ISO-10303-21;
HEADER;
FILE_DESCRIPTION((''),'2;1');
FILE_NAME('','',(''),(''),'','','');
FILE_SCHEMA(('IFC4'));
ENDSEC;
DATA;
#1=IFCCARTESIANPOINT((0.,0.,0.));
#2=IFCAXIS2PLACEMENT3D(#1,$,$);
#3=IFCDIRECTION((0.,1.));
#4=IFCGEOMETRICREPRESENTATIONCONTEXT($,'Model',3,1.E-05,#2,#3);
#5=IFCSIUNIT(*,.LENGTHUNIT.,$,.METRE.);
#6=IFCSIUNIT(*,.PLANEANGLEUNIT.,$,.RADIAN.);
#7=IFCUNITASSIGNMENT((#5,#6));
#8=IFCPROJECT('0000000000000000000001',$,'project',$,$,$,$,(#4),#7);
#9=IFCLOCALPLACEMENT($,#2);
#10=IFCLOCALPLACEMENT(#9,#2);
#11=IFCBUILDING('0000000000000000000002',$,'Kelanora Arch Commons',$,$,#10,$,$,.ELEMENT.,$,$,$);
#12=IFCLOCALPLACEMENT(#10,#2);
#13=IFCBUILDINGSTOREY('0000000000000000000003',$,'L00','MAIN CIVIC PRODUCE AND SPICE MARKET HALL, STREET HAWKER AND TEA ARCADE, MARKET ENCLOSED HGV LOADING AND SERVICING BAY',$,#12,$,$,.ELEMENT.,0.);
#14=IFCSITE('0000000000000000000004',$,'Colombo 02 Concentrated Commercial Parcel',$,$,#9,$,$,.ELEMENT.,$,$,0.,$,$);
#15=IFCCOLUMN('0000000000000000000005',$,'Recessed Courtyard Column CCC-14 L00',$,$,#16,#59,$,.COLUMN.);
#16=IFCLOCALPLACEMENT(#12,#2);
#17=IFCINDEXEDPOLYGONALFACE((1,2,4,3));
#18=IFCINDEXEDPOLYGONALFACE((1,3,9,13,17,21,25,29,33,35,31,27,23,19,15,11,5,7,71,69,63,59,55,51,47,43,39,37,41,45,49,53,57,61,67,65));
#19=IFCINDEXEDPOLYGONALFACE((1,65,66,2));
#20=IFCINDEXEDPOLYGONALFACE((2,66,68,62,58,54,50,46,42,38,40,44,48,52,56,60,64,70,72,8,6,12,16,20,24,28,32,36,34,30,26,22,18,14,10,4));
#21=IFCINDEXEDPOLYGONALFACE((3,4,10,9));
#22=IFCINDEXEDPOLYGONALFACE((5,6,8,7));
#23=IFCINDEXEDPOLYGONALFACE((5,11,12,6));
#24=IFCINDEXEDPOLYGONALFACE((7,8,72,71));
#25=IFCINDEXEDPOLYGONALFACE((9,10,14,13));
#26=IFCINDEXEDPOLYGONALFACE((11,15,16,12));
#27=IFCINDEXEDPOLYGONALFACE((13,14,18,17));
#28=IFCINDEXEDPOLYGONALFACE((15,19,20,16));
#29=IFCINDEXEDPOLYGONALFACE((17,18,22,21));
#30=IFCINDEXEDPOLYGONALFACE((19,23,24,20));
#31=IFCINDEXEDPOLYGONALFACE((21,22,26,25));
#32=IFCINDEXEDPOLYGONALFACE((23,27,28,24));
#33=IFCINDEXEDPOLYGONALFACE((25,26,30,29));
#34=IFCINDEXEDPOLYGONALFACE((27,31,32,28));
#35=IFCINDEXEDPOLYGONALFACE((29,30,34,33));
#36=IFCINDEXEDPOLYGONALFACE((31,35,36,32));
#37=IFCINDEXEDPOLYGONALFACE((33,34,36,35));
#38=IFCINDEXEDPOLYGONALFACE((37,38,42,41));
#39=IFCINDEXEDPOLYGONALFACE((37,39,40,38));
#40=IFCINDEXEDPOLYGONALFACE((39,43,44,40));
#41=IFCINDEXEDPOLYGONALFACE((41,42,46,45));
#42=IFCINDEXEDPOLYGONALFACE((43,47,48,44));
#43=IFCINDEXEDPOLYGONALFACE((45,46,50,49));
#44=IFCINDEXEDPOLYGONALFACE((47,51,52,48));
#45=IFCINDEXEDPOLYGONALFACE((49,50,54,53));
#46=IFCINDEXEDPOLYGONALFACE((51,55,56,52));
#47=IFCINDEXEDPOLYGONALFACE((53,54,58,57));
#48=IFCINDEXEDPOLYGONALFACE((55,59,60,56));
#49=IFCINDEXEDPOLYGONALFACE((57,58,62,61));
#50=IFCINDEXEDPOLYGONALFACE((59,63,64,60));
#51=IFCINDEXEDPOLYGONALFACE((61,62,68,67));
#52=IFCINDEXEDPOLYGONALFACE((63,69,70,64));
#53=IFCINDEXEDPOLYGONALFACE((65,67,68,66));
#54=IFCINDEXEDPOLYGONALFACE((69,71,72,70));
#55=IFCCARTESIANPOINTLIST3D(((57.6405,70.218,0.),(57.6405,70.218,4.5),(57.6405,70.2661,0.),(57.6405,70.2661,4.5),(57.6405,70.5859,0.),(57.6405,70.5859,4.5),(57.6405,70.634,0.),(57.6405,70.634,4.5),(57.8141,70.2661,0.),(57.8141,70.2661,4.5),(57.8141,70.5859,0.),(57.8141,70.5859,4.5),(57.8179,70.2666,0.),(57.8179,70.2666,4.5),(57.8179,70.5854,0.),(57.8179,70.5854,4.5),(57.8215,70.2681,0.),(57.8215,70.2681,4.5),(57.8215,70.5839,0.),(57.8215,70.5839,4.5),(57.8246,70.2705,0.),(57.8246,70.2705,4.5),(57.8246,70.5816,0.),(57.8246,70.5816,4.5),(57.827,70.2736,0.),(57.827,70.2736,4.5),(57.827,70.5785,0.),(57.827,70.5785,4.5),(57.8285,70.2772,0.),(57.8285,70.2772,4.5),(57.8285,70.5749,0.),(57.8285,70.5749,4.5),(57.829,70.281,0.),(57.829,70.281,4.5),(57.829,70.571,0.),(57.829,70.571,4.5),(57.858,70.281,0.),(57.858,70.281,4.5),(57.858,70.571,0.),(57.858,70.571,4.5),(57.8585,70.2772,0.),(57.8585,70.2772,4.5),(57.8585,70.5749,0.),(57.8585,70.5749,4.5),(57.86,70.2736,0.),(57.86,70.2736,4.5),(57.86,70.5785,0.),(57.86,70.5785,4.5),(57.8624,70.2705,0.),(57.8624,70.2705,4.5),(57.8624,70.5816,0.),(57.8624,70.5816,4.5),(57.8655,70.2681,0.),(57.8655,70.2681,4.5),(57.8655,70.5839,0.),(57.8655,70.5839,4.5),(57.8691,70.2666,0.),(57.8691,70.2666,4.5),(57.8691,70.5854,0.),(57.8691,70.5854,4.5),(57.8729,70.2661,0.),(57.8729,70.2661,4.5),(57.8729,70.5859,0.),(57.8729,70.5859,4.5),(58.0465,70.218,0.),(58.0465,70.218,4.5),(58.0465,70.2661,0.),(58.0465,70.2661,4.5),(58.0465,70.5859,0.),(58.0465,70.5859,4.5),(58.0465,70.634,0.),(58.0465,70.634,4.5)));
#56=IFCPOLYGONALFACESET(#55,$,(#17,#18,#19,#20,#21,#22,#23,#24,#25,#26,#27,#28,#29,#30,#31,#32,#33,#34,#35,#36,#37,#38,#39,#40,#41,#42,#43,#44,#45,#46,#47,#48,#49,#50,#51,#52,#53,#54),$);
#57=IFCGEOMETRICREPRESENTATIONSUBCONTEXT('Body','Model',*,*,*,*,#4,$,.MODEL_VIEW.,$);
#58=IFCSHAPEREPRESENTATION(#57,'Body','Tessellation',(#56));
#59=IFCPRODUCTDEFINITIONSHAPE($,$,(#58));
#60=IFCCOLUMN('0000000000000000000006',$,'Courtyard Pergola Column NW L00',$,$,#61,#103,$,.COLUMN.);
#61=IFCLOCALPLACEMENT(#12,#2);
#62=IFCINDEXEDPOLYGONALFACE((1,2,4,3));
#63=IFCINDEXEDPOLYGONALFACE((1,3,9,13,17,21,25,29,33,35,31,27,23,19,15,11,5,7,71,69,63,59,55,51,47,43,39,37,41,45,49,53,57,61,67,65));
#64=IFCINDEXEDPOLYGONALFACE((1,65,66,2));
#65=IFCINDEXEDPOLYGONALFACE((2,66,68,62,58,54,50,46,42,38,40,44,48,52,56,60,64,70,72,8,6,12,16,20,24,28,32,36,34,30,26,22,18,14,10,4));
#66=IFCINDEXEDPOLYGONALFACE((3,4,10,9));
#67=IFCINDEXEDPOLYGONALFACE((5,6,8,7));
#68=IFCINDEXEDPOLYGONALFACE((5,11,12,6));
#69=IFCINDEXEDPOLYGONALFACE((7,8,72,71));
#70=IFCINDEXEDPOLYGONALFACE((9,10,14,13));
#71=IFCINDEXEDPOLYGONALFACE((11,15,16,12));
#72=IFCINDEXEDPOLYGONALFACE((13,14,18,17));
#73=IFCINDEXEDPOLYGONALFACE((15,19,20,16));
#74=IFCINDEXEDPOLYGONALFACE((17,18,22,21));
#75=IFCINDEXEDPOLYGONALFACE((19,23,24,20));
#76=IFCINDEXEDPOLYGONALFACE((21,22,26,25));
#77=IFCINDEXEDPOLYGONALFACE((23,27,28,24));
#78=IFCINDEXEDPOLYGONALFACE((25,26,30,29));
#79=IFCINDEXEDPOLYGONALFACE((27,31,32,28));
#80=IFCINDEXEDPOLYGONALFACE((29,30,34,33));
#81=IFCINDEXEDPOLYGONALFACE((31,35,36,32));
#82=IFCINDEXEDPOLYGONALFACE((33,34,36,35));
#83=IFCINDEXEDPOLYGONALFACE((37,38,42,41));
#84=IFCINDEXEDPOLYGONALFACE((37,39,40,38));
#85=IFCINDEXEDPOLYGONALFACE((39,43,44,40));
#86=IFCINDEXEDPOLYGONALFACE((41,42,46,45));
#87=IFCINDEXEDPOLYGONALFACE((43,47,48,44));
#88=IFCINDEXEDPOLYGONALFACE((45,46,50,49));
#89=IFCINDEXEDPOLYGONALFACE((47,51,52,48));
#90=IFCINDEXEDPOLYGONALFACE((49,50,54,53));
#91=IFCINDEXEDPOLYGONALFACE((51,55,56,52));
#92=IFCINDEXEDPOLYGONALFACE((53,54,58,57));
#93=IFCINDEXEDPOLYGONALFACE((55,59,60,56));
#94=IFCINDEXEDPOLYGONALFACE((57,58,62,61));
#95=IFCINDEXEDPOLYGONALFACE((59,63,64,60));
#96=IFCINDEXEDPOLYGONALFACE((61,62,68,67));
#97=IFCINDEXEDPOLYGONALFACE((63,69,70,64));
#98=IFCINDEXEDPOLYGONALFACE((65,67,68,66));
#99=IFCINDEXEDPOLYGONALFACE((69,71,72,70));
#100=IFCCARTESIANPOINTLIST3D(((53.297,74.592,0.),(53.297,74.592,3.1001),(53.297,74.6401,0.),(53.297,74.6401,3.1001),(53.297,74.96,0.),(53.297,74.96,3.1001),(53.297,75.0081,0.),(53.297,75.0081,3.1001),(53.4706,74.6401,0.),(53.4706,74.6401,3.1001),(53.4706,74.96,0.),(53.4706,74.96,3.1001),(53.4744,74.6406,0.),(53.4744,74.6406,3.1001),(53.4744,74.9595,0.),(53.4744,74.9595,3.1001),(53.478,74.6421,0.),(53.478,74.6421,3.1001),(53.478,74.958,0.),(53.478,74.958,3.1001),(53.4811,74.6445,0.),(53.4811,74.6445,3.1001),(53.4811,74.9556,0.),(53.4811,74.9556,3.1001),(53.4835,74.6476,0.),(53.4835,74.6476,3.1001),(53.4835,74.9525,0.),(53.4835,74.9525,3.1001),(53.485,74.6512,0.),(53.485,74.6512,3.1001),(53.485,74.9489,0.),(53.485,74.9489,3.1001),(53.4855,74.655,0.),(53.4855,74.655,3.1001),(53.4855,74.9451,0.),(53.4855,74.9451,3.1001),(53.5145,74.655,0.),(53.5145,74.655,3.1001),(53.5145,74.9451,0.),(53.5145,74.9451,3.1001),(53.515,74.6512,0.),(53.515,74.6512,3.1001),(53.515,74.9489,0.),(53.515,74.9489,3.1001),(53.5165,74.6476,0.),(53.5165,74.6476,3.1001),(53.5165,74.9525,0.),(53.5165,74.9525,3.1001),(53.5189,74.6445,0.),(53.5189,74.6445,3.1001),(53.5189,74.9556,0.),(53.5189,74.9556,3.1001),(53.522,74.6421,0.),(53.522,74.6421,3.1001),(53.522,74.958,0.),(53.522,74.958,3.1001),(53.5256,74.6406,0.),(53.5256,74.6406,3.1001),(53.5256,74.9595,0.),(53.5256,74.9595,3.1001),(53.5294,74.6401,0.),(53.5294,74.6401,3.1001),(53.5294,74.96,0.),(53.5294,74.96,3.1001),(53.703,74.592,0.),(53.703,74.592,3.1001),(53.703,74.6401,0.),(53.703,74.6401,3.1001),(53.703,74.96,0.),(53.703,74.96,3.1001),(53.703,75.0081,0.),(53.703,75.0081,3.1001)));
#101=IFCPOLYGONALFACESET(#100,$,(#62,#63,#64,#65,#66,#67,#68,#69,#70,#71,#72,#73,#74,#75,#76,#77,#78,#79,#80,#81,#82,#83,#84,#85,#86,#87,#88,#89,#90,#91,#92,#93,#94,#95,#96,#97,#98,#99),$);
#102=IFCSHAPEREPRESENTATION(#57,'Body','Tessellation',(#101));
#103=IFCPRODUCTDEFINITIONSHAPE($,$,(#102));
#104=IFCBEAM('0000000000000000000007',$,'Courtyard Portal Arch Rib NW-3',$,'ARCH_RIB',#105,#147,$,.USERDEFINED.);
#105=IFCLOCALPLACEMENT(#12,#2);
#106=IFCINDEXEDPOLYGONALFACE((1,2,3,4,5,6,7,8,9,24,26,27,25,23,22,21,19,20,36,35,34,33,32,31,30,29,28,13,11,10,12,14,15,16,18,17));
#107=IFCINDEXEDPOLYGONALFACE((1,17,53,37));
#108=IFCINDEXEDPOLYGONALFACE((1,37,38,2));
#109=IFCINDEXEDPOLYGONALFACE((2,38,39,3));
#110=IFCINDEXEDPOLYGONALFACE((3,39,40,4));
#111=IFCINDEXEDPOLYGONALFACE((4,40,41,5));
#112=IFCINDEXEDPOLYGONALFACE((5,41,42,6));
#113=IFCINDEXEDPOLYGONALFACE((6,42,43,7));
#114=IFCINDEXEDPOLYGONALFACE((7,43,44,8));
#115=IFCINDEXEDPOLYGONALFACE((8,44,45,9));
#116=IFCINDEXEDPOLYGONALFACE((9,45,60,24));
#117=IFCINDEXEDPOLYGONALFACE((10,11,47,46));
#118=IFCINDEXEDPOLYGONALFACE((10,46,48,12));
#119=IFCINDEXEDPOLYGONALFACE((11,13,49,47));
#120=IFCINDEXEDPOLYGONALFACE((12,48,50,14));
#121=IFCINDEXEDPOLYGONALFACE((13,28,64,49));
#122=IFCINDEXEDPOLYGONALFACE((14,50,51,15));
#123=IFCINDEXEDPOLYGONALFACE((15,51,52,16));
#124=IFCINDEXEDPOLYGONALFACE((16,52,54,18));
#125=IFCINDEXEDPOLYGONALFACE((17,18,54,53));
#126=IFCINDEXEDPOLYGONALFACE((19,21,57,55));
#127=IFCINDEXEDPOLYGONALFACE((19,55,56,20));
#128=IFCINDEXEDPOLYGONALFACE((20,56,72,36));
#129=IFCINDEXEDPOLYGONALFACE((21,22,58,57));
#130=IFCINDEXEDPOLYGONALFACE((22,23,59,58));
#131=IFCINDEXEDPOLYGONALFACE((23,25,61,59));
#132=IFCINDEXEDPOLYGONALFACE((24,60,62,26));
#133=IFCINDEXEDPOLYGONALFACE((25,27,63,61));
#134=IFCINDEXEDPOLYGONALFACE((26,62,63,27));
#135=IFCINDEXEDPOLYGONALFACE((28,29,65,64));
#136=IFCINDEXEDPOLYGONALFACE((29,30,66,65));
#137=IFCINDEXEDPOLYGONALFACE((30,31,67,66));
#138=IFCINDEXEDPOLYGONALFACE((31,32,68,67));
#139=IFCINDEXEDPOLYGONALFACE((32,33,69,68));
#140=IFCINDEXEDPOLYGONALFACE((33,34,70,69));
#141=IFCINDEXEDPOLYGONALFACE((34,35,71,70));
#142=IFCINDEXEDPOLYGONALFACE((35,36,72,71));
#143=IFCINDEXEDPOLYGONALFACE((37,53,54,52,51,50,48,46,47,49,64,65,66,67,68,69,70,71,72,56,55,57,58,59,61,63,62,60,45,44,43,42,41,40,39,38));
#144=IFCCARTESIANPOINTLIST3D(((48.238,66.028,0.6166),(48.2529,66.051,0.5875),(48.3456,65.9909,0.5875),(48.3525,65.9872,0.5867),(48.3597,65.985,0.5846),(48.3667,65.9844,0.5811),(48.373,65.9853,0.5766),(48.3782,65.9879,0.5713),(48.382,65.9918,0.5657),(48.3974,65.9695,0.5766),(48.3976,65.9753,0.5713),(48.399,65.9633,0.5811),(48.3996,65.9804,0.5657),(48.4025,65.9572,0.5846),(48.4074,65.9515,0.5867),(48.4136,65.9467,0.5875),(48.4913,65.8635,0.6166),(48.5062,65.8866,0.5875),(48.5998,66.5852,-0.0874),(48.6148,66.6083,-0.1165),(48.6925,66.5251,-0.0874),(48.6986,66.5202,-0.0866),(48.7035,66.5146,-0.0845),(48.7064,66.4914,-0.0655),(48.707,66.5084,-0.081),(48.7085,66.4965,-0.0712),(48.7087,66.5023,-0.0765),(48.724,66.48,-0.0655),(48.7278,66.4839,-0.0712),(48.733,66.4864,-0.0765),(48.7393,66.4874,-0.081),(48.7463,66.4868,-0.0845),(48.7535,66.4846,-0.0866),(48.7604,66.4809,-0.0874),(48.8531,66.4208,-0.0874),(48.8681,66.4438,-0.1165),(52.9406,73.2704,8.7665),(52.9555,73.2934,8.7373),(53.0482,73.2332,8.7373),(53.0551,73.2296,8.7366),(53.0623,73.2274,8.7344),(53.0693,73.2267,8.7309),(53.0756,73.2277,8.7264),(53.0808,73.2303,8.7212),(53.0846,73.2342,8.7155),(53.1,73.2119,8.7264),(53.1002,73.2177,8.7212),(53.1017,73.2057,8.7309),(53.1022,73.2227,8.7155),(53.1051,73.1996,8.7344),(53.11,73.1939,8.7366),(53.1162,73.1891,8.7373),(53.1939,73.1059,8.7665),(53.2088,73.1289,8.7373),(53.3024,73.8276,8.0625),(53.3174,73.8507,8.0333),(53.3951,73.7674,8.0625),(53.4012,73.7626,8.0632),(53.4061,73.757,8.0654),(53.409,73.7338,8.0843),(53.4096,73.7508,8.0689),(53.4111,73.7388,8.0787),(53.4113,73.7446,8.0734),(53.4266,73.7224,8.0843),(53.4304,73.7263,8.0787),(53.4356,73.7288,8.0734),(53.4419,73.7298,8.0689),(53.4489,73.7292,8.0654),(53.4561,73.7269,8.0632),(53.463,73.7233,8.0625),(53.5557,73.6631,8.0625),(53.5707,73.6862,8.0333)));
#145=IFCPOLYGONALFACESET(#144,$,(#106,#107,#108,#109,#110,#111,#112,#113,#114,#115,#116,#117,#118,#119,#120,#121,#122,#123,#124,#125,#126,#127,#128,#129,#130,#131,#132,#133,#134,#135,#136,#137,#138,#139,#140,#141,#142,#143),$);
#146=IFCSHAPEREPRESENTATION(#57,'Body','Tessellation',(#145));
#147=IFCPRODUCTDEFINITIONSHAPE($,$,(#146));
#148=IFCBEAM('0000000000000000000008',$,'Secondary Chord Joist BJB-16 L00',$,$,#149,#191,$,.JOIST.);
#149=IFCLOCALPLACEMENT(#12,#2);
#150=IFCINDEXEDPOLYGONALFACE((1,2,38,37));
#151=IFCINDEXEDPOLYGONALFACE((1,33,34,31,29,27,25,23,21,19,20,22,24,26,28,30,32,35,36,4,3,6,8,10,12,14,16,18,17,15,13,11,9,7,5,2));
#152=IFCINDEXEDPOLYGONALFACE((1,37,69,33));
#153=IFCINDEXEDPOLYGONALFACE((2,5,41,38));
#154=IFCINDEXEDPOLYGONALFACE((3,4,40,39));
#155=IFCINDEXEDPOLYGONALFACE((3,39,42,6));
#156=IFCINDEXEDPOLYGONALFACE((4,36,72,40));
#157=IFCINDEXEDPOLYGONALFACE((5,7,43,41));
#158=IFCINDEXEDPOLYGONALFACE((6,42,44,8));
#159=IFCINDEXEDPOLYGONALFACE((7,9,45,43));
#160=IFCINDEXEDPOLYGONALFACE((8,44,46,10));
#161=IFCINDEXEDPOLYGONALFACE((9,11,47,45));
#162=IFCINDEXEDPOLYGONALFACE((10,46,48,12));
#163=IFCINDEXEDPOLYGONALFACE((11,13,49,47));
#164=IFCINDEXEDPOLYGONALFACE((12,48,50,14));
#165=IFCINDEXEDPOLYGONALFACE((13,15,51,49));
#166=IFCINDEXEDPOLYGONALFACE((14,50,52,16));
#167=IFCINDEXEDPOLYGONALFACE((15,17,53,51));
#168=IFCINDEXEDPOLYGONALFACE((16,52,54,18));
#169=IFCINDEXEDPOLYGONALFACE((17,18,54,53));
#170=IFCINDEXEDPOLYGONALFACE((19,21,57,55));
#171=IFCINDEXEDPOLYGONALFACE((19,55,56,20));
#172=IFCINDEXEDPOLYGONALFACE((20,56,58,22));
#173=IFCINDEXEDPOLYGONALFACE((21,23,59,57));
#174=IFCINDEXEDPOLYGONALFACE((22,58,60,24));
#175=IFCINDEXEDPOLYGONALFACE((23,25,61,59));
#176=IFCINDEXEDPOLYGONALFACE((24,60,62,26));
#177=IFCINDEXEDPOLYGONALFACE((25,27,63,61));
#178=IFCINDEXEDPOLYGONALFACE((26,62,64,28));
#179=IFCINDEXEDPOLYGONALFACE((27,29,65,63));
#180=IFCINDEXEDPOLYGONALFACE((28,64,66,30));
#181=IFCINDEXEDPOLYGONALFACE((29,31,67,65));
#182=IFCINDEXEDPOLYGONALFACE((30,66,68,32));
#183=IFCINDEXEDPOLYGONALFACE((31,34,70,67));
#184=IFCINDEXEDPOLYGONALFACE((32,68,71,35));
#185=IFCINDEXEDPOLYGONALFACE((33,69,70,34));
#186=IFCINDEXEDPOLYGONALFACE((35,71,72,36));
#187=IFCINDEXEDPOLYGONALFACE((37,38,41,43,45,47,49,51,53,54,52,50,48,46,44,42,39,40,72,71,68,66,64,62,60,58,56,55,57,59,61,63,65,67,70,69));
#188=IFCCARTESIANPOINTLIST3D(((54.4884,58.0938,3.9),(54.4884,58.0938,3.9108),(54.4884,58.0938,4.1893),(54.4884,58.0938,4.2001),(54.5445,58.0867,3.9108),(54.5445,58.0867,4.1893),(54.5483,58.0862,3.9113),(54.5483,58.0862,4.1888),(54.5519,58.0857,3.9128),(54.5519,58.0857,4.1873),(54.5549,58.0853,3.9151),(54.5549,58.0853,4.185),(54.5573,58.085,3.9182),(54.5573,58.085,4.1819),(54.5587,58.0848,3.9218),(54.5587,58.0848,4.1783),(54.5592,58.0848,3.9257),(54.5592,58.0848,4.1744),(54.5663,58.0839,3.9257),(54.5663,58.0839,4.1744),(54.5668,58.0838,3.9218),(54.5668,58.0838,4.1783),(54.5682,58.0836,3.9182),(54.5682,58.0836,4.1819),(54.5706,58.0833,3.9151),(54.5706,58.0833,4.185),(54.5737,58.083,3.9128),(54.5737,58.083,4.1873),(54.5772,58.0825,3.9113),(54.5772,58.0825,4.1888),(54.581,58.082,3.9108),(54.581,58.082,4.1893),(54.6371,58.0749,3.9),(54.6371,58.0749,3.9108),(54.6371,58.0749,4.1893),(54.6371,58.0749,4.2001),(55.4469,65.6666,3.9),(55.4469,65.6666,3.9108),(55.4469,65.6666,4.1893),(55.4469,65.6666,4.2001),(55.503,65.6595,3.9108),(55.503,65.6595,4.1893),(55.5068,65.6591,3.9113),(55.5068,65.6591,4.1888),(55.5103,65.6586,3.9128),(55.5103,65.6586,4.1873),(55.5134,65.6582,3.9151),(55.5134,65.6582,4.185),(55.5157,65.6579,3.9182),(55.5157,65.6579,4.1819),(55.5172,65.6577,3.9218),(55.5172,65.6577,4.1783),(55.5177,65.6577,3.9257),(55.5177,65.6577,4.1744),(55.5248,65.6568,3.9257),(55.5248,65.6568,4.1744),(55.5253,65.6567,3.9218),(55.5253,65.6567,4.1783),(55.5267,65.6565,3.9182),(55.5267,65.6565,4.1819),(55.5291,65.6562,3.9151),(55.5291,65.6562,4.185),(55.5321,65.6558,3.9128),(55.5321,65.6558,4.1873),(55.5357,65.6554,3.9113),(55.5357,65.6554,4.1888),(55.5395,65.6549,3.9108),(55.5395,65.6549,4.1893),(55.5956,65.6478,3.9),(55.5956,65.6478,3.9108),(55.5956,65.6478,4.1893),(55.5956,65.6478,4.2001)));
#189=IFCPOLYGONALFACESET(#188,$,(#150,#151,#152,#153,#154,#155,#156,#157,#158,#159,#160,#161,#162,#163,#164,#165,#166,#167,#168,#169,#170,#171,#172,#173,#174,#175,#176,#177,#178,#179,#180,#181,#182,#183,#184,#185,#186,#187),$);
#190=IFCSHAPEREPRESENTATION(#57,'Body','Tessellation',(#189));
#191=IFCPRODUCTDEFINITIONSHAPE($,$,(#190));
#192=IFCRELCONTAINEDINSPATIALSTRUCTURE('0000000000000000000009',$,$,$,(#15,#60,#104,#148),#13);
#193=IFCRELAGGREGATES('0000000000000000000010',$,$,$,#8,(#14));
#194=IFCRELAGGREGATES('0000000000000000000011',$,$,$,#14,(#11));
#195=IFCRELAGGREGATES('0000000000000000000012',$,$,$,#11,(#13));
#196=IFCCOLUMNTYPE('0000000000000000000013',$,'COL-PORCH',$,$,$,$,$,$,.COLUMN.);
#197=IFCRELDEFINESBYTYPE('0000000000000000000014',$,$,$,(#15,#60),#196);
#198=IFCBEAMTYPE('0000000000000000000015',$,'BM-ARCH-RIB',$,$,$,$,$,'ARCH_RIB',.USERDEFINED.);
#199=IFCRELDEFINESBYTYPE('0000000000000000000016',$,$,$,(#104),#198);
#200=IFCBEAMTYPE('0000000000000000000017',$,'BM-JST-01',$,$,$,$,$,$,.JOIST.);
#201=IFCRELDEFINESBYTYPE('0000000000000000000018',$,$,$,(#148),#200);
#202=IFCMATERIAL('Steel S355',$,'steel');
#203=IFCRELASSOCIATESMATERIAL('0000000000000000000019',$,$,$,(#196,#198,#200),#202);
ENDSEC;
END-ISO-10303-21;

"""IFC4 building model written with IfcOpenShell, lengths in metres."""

from ifc_helpers import new_model, si_unit, direction, frame, origin, origin_2d, place, context, subcontext, project, spatial, i_section, extrude, material, material_profile, profile_set, type_object, element, save


model = new_model("IFC4")

# Units and contexts
model_context = context("Model", 3, precision=1e-05, world=origin(), true_north=direction((0.0, 1.0)))
body_context = subcontext(model_context, "Body", "Model", "MODEL_VIEW")
ifc_project = project(units=[si_unit("LENGTHUNIT", "METRE"), si_unit("PLANEANGLEUNIT", "RADIAN")], contexts=[model_context])

# Site, building, storey
site_placement = place(None, origin())
site = spatial("IfcSite", under=ifc_project, at=site_placement, Name="Colombo 02 Concentrated Commercial Parcel", CompositionType="ELEMENT", RefElevation=0.0)
building_placement = place(site_placement, origin())
building = spatial("IfcBuilding", under=site, at=building_placement, Name="Kelanora Arch Commons", CompositionType="ELEMENT")
storey_placement = place(building_placement, origin())
storey = spatial("IfcBuildingStorey", under=building, at=storey_placement, Name="L00", Description="MAIN CIVIC PRODUCE AND SPICE MARKET HALL, STREET HAWKER AND TEA ARCADE, MARKET ENCLOSED HGV LOADING AND SERVICING BAY", CompositionType="ELEMENT", Elevation=0.0)

# Columns
ifc_material_1 = material(Name="Steel S355", Category="steel")
ifc_material_profile_1 = material_profile(ifc_material_1, i_section(OverallWidth=0.406, OverallDepth=0.416, WebThickness=0.0291, FlangeThickness=0.0481, FilletRadius=0.0149, at=origin_2d()), Name="HD400x382")
ifc_profile_set_1 = profile_set([ifc_material_profile_1], Name="Steel S355")
column_type = type_object("IfcColumnType", Name="COL-PORCH", PredefinedType="COLUMN", material=ifc_profile_set_1)
column_1_placement = place(storey_placement, frame((57.8435, 70.426, 0.0), z_axis=(0.0, 0.0, 1.0), x_axis=(1.0, 0.0, 0.0)))
element("IfcColumn", 1, at=column_1_placement, inside=storey, type_object=column_type, Name="Recessed Courtyard Column CCC-14 L00", PredefinedType="COLUMN", context=body_context, shape_type="SweptSolid", body=[
    extrude(i_section(OverallWidth=0.406, OverallDepth=0.416, WebThickness=0.0291, FlangeThickness=0.0481, FilletRadius=0.0149, at=origin_2d()), origin(), (0.0, 0.0, 1.0), 4.5),
])
column_2_placement = place(storey_placement, frame((53.5, 74.8, 0.0), z_axis=(0.0, 0.0, 1.0), x_axis=(1.0, 0.0, 0.0)))
element("IfcColumn", 2, at=column_2_placement, inside=storey, type_object=column_type, Name="Courtyard Pergola Column NW L00", PredefinedType="COLUMN", context=body_context, shape_type="SweptSolid", body=[
    extrude(i_section(OverallWidth=0.406, OverallDepth=0.416, WebThickness=0.0291, FlangeThickness=0.0481, FilletRadius=0.0149, at=origin_2d()), origin(), (0.0, 0.0, 1.0), 3.1001),
])

# Beams
ifc_material_profile_2 = material_profile(ifc_material_1, i_section(OverallWidth=0.302, OverallDepth=1.0081, WebThickness=0.021, FlangeThickness=0.04, FilletRadius=0.03, at=origin_2d()), Name="HEM1000")
ifc_profile_set_2 = profile_set([ifc_material_profile_2], Name="Steel S355")
beam_type_1 = type_object("IfcBeamType", Name="BM-ARCH-RIB", ElementType="ARCH_RIB", PredefinedType="USERDEFINED", material=ifc_profile_set_2)
beam_1_placement = place(storey_placement, frame((53.2556, 73.4783, 8.3999), z_axis=(-0.39605, -0.609948, -0.686374), x_axis=(0.838705, -0.544586, 0.0)))
element("IfcBeam", 3, at=beam_1_placement, inside=storey, type_object=beam_type_1, Name="Courtyard Portal Arch Rib NW-3", ObjectType="ARCH_RIB", PredefinedType="USERDEFINED", context=body_context, shape_type="SweptSolid", body=[
    extrude(i_section(OverallWidth=0.302, OverallDepth=1.0081, WebThickness=0.021, FlangeThickness=0.04, FilletRadius=0.03, at=origin_2d()), origin(), (0.0, 0.0, 1.0), 11.8738),
])
ifc_material_profile_3 = material_profile(ifc_material_1, i_section(OverallWidth=0.1499, OverallDepth=0.3, WebThickness=0.0071, FlangeThickness=0.0107, FilletRadius=0.0149, at=origin_2d()), Name="IPE300")
ifc_profile_set_3 = profile_set([ifc_material_profile_3], Name="Steel S355")
beam_type_2 = type_object("IfcBeamType", Name="BM-JST-01", PredefinedType="JOIST", material=ifc_profile_set_3)
beam_2_placement = place(storey_placement, frame((55.5212, 65.6572, 4.05), z_axis=(-0.125566, -0.992085, 0.0), x_axis=(0.992085, -0.125566, 0.0)))
element("IfcBeam", 4, at=beam_2_placement, inside=storey, type_object=beam_type_2, Name="Secondary Chord Joist BJB-16 L00", PredefinedType="JOIST", context=body_context, shape_type="SweptSolid", body=[
    extrude(i_section(OverallWidth=0.1499, OverallDepth=0.3, WebThickness=0.0071, FlangeThickness=0.0107, FilletRadius=0.0149, at=origin_2d()), origin(), (0.0, 0.0, 1.0), 7.6333),
])

save(model, "model.ifc")
